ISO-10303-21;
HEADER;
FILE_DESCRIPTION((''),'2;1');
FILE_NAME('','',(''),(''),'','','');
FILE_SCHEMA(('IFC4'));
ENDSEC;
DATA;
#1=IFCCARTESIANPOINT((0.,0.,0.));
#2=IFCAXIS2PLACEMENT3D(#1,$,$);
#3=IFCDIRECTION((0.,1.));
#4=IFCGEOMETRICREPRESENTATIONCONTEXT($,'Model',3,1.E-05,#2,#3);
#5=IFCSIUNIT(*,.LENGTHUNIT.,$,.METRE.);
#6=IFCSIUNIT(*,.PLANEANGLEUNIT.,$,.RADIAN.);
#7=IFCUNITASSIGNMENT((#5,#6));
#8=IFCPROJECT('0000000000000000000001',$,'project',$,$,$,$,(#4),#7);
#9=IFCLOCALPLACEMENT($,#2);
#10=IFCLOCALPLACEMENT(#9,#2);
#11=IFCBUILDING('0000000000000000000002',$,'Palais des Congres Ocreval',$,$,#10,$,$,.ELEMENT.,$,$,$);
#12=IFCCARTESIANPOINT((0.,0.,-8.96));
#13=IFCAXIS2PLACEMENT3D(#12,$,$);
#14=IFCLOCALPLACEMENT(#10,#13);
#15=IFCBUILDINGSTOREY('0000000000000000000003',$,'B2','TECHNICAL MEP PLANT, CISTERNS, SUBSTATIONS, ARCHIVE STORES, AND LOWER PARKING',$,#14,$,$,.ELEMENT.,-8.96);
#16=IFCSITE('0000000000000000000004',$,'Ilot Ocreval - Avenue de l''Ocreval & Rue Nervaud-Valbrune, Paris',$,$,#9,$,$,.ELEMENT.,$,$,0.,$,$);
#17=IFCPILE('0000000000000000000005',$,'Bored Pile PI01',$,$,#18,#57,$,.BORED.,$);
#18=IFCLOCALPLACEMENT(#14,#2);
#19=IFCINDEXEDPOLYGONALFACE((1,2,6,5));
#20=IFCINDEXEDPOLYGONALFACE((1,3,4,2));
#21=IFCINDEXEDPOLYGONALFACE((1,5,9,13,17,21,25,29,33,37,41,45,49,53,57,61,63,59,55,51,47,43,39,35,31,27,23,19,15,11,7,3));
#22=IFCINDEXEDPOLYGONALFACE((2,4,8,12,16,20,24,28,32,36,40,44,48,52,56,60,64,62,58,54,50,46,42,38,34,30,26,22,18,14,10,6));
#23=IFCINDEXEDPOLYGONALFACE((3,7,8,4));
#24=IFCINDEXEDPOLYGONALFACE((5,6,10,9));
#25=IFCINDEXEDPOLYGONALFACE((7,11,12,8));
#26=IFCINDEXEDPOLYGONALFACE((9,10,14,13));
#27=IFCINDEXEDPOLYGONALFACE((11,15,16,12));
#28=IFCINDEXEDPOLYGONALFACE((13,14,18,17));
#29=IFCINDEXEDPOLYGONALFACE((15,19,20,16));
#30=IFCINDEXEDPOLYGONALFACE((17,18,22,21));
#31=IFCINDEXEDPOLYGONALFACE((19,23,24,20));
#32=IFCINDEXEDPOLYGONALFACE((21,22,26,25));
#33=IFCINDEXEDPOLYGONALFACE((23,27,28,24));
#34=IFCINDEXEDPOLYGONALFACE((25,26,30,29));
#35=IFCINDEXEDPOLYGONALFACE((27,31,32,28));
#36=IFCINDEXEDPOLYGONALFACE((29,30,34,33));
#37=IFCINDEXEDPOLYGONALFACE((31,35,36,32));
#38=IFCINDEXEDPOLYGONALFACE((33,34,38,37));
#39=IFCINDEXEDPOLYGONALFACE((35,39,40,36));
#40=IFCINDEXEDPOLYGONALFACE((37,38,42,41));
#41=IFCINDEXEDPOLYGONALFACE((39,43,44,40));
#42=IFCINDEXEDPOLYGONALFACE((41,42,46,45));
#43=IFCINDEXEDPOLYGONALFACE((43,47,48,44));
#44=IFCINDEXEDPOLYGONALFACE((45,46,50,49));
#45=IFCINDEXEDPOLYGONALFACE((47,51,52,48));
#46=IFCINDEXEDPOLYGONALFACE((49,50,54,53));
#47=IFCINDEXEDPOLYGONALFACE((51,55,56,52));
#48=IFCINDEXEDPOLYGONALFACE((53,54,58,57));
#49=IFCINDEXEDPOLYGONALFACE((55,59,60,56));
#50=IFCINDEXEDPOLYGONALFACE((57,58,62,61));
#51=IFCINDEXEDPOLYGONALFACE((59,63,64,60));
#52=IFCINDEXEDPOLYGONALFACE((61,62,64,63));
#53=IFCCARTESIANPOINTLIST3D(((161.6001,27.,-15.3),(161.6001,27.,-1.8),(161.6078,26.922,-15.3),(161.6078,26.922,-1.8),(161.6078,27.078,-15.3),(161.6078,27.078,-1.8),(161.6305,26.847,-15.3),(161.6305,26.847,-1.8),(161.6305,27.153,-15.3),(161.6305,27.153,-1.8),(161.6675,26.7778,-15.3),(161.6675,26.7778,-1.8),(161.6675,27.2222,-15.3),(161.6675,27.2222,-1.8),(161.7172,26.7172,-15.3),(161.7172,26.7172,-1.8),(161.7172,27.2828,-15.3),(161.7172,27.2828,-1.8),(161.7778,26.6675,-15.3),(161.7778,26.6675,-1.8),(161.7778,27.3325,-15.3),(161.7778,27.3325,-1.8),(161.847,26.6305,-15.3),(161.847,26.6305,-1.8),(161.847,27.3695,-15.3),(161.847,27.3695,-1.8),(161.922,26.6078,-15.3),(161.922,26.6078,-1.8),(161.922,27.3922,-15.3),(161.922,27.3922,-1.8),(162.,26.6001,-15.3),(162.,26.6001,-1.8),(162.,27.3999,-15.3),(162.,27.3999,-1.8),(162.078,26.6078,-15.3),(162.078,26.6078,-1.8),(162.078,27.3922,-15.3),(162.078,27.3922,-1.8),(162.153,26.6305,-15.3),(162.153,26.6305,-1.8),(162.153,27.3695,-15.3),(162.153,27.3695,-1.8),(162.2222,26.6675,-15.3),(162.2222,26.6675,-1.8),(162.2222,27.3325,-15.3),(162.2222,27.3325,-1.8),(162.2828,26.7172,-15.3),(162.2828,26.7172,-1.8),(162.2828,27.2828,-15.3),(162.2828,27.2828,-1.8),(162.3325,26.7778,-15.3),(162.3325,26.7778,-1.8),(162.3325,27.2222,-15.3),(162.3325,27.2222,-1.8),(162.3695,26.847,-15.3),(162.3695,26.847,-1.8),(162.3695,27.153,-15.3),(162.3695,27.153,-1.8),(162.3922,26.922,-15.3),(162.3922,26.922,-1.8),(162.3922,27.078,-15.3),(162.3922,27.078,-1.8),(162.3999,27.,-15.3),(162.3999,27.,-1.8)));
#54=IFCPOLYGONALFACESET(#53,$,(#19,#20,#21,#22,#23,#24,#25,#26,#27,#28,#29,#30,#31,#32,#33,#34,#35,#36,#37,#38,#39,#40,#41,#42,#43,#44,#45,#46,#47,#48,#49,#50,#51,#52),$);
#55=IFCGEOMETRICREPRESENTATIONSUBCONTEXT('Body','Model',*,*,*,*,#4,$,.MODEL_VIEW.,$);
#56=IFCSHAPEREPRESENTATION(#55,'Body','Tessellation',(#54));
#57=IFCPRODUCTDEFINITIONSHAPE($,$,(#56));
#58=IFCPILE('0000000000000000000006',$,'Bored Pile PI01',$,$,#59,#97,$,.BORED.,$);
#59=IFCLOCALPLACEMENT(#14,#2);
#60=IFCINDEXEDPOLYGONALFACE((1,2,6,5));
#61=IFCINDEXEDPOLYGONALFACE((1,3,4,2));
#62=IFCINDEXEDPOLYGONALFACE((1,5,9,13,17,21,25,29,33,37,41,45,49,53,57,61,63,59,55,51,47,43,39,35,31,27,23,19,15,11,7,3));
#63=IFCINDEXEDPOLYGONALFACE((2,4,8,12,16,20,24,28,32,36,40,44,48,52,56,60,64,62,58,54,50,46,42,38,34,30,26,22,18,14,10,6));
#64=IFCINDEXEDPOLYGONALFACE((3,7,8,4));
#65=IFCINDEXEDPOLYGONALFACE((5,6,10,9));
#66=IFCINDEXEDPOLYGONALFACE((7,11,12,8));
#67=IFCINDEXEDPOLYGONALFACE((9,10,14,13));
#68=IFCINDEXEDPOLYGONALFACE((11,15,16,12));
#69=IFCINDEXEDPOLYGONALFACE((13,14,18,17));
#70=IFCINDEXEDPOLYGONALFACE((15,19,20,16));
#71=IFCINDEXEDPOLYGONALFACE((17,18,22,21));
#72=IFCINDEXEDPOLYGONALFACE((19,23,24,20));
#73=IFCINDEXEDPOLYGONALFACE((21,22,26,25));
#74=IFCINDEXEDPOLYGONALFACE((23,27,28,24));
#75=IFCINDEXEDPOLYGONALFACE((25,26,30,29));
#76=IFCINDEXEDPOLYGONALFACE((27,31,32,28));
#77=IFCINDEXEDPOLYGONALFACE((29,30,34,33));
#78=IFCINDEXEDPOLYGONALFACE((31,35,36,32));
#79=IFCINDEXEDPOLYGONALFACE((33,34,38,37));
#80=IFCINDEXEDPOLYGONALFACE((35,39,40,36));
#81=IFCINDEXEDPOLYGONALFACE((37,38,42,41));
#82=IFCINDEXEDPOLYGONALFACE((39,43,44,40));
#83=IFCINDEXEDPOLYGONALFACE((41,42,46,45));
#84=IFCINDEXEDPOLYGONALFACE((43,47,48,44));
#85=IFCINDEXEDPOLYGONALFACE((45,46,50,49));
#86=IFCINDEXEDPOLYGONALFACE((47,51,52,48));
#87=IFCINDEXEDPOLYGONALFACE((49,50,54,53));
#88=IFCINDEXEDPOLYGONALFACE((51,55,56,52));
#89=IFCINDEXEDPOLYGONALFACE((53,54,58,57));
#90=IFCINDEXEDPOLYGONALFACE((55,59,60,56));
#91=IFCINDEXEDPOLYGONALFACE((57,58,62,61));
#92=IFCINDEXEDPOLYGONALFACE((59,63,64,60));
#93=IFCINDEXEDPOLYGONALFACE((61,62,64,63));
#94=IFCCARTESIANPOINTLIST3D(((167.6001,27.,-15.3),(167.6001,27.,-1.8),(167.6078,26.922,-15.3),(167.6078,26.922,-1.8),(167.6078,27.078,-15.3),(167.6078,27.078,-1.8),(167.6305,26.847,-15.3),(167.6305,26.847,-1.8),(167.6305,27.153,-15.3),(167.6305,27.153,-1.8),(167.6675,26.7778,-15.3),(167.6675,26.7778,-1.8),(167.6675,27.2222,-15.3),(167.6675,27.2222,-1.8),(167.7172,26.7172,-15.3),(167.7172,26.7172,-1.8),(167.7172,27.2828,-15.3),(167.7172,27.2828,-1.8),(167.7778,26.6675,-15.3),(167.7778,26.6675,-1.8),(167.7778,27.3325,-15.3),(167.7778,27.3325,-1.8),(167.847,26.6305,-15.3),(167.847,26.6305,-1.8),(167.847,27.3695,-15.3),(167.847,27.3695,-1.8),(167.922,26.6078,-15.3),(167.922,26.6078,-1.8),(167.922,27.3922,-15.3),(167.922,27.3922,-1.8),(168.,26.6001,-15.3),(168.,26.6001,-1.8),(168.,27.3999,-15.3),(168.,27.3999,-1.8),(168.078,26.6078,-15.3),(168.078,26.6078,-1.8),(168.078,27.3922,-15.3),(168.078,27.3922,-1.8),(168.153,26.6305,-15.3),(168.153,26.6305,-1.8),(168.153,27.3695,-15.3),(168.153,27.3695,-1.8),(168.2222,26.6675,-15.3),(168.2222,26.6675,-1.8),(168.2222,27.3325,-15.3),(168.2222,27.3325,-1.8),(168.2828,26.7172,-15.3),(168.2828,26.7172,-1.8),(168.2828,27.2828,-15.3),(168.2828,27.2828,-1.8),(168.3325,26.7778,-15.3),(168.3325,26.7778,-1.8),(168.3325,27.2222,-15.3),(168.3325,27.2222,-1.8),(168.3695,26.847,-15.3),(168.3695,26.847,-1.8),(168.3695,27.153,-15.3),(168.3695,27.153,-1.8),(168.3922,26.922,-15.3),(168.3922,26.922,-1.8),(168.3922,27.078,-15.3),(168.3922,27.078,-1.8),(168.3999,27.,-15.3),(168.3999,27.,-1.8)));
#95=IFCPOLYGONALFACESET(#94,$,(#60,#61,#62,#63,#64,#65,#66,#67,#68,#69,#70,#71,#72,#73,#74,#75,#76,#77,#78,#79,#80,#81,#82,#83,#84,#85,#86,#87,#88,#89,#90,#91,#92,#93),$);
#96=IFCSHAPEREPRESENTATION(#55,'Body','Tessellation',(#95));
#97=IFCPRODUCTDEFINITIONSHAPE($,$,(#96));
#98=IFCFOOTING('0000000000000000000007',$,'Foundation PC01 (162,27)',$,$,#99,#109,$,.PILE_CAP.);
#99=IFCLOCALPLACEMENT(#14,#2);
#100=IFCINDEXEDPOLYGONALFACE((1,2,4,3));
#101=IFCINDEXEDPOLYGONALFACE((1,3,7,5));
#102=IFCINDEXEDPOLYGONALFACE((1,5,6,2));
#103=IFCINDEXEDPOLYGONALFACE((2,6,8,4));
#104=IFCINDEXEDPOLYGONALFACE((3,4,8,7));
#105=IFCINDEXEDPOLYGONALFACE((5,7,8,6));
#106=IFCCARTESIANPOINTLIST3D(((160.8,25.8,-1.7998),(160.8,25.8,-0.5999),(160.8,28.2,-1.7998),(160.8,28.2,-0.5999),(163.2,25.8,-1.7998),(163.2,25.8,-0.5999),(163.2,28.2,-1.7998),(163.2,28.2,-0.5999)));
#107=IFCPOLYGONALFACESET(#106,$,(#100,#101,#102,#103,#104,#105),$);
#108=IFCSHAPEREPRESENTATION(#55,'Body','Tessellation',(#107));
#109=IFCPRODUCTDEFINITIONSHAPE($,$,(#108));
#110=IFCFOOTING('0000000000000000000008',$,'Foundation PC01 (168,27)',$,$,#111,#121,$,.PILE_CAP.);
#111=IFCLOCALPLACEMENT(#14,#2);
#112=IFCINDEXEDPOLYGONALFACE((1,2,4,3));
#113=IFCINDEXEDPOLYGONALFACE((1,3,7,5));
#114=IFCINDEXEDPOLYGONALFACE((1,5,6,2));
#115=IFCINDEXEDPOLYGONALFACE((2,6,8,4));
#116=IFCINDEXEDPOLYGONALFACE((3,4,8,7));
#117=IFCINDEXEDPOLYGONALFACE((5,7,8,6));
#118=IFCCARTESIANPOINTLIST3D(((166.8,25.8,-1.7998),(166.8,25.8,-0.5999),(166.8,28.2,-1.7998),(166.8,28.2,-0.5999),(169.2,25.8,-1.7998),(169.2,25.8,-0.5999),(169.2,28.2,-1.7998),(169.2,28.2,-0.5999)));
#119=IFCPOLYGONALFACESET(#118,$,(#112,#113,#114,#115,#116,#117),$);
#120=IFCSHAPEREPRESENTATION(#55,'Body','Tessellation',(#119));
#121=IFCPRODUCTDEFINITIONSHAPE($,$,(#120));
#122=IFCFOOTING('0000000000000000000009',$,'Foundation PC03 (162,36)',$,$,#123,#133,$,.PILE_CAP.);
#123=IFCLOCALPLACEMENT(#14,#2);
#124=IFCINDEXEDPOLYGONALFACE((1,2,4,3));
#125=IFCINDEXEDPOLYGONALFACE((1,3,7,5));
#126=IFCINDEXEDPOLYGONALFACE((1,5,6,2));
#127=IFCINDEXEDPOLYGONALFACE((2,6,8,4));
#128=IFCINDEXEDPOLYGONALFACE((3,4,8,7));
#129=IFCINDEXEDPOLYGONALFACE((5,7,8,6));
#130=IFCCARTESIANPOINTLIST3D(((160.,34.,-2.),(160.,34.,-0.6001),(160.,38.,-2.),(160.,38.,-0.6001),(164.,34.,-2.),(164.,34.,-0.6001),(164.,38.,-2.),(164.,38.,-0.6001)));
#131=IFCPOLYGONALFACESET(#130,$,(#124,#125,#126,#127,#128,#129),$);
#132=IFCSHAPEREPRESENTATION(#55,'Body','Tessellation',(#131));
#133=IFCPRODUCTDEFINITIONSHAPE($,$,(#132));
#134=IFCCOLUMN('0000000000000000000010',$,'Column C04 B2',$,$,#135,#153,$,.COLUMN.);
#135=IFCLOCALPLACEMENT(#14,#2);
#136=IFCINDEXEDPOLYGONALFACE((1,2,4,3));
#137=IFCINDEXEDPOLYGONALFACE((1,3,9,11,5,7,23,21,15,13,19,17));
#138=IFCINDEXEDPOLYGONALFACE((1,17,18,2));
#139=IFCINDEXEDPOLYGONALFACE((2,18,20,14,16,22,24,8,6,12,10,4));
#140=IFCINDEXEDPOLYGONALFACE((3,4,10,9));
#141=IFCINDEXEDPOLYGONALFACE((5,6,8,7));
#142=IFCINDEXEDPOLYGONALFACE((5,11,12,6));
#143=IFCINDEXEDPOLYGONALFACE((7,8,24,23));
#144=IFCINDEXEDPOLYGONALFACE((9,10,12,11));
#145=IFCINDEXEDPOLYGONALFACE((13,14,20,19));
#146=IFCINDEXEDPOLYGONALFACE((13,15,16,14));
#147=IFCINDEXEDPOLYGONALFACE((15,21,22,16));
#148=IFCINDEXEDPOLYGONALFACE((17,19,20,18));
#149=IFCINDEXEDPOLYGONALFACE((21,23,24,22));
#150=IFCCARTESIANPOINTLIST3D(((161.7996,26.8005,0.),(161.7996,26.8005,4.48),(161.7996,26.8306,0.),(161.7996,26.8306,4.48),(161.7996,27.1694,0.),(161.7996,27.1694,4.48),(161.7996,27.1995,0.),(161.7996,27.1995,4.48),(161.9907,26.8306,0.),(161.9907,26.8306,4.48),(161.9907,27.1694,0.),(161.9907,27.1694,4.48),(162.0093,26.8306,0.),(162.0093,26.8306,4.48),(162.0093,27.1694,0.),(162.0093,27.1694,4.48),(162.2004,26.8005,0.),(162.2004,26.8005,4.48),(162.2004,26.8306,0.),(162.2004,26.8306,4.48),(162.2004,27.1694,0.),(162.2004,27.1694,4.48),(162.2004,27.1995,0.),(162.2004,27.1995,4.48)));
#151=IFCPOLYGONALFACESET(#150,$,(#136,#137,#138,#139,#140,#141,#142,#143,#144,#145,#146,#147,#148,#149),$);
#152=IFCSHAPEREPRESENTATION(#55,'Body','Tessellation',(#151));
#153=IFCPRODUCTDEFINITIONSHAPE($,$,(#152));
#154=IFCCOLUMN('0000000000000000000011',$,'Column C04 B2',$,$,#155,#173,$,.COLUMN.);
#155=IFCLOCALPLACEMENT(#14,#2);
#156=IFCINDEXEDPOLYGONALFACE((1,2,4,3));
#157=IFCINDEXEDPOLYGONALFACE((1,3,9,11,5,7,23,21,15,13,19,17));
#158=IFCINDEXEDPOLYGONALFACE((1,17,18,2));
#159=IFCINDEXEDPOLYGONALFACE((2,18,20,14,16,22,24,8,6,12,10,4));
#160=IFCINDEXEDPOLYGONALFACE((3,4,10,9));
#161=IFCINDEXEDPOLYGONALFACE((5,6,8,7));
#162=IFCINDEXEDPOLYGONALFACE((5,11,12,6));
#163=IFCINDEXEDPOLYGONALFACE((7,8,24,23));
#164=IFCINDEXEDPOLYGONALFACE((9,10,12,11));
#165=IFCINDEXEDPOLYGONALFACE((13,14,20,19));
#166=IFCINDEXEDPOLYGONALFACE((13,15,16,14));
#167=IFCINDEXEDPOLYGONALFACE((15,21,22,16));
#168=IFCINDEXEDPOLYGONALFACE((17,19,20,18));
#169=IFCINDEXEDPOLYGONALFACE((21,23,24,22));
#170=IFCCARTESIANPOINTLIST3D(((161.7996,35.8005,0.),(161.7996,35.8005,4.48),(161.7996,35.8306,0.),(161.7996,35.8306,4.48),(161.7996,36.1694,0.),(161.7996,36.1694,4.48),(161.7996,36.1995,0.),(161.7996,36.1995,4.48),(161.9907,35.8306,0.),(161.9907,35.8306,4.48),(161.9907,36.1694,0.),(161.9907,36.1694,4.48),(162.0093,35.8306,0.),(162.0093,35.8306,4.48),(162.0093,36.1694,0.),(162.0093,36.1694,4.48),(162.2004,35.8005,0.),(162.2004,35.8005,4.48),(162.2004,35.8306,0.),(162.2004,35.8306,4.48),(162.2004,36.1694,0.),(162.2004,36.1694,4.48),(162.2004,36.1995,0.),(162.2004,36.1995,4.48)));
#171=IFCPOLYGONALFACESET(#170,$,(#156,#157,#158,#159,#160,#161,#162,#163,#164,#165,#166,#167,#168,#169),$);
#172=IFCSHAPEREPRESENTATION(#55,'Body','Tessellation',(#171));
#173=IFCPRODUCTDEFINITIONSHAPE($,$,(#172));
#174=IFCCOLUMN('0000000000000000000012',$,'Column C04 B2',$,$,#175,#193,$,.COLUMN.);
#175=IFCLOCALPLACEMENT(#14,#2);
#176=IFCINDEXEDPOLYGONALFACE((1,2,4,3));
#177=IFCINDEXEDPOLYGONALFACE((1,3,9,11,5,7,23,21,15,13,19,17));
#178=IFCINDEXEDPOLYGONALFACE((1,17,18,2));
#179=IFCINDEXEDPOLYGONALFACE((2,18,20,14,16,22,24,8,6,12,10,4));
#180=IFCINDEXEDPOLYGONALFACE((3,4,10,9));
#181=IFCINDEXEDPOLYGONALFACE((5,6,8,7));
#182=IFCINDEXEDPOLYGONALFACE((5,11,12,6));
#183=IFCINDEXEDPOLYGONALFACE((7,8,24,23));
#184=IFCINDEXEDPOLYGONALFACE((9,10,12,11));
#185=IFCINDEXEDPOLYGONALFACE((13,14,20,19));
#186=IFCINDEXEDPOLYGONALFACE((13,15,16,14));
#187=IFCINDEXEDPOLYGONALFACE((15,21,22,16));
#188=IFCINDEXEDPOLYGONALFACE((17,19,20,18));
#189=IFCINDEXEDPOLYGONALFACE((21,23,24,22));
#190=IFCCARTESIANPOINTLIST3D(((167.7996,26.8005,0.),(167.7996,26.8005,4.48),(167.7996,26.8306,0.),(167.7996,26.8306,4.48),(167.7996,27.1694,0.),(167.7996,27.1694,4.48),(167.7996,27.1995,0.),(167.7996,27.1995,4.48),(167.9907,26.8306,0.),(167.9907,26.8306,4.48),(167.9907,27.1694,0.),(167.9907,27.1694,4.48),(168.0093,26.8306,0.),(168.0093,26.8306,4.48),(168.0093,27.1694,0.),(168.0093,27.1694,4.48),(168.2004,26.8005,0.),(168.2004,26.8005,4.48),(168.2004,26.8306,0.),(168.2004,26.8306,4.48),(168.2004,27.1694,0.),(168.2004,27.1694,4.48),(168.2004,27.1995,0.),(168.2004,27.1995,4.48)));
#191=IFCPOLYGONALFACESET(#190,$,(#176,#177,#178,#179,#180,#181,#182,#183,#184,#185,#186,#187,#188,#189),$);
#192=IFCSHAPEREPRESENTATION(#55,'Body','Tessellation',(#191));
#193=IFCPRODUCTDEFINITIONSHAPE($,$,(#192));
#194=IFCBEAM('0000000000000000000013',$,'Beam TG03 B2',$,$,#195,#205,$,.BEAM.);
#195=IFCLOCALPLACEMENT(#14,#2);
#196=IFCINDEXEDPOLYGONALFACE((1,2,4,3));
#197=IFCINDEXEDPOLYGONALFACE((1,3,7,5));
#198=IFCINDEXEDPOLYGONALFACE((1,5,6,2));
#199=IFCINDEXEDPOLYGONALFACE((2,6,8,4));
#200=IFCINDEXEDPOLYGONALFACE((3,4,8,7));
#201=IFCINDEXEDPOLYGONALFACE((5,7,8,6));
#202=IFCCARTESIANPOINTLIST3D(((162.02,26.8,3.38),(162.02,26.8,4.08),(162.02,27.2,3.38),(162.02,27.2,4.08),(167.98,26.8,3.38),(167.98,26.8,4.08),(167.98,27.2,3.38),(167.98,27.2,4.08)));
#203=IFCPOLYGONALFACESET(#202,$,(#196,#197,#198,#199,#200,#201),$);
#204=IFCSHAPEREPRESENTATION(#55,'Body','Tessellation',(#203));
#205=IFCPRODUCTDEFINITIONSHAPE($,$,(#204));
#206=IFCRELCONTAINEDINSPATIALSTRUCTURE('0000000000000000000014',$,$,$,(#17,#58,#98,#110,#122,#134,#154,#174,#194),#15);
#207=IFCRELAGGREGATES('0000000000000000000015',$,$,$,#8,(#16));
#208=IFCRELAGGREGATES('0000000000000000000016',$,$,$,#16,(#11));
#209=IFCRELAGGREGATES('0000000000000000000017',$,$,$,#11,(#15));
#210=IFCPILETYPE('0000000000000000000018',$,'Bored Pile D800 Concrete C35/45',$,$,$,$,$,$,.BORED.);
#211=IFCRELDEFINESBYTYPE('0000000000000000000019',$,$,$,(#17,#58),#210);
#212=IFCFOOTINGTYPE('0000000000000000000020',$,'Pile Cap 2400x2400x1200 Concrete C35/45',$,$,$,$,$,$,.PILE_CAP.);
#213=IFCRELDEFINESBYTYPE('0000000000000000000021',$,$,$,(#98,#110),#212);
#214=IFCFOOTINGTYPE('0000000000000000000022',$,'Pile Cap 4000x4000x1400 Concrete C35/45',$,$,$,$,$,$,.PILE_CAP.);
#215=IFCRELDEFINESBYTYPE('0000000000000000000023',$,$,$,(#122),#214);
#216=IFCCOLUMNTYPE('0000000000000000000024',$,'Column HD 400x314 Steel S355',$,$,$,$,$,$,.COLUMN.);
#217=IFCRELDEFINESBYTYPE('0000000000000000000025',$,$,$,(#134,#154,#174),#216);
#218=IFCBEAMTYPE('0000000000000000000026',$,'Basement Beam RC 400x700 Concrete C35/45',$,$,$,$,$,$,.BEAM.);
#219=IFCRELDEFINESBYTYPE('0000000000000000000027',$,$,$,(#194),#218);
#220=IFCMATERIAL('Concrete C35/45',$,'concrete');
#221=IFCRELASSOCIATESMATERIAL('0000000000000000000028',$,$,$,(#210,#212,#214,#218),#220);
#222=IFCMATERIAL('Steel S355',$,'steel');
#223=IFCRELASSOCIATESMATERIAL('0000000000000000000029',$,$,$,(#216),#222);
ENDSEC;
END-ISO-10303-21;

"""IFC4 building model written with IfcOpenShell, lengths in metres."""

from ifc_helpers import new_model, si_unit, direction, frame, origin, origin_2d, place, context, subcontext, project, spatial, rectangle, circle, i_section, extrude, material, material_profile, profile_set, type_object, element, save


model = new_model("IFC4")

# Units and contexts
model_context = context("Model", 3, precision=1e-05, world=origin(), true_north=direction((0.0, 1.0)))
body_context = subcontext(model_context, "Body", "Model", "MODEL_VIEW")
ifc_project = project(units=[si_unit("LENGTHUNIT", "METRE"), si_unit("PLANEANGLEUNIT", "RADIAN")], contexts=[model_context])

# Site, building, storey
site_placement = place(None, origin())
site = spatial("IfcSite", under=ifc_project, at=site_placement, Name="Ilot Ocreval - Avenue de l'Ocreval & Rue Nervaud-Valbrune, Paris", CompositionType="ELEMENT", RefElevation=0.0)
building_placement = place(site_placement, origin())
building = spatial("IfcBuilding", under=site, at=building_placement, Name="Palais des Congres Ocreval", CompositionType="ELEMENT")
storey_placement = place(building_placement, frame((0.0, 0.0, -8.96)))
storey = spatial("IfcBuildingStorey", under=building, at=storey_placement, Name="B2", Description="TECHNICAL MEP PLANT, CISTERNS, SUBSTATIONS, ARCHIVE STORES, AND LOWER PARKING", CompositionType="ELEMENT", Elevation=-8.96)

# Piles
ifc_material_1 = material(Name="Concrete C35/45", Category="concrete")
ifc_material_profile_1 = material_profile(ifc_material_1, circle(Radius=0.3999, at=origin_2d()), Name="BORED PILE 800")
ifc_profile_set_1 = profile_set([ifc_material_profile_1], Name="Concrete C35/45")
pile_type = type_object("IfcPileType", Name="Bored Pile D800 Concrete C35/45", PredefinedType="BORED", material=ifc_profile_set_1)
for number, where, z_axis, x_axis, name in (
    (1, (162.0, 27.0, -1.8), (0.0, 0.0, -1.0), (1.0, 0.0, 0.0), "Bored Pile PI01"),
    (2, (168.0, 27.0, -1.8), (0.0, 0.0, -1.0), (1.0, 0.0, 0.0), "Bored Pile PI01"),
):
    element("IfcPile", number, at=place(storey_placement, frame(where, z_axis=z_axis, x_axis=x_axis)), inside=storey, type_object=pile_type, Name=name, PredefinedType="BORED", context=body_context, shape_type="SweptSolid", body=[
        extrude(circle(Radius=0.3999, at=origin_2d()), origin(), (0.0, 0.0, 1.0), 13.5),
    ])

# Footings
footing_type_1 = type_object("IfcFootingType", Name="Pile Cap 2400x2400x1200 Concrete C35/45", PredefinedType="PILE_CAP", material=ifc_material_1)
for number, where, z_axis, x_axis, name in (
    (3, (162.0, 27.0, -1.7998), (0.0, 0.0, 1.0), (1.0, 0.0, 0.0), "Foundation PC01 (162,27)"),
    (4, (168.0, 27.0, -1.7998), (0.0, 0.0, 1.0), (1.0, 0.0, 0.0), "Foundation PC01 (168,27)"),
):
    element("IfcFooting", number, at=place(storey_placement, frame(where, z_axis=z_axis, x_axis=x_axis)), inside=storey, type_object=footing_type_1, Name=name, PredefinedType="PILE_CAP", context=body_context, shape_type="SweptSolid", body=[
        extrude(rectangle(XDim=2.3999, YDim=2.3999, at=origin_2d()), origin(), (0.0, 0.0, 1.0), 1.2),
    ])
footing_type_2 = type_object("IfcFootingType", Name="Pile Cap 4000x4000x1400 Concrete C35/45", PredefinedType="PILE_CAP", material=ifc_material_1)
footing_placement = place(storey_placement, frame((162.0, 36.0, -2.0), z_axis=(0.0, 0.0, 1.0), x_axis=(1.0, 0.0, 0.0)))
element("IfcFooting", 5, at=footing_placement, inside=storey, type_object=footing_type_2, Name="Foundation PC03 (162,36)", PredefinedType="PILE_CAP", context=body_context, shape_type="SweptSolid", body=[
    extrude(rectangle(XDim=4.0, YDim=4.0, at=origin_2d()), origin(), (0.0, 0.0, 1.0), 1.3999),
])

# Columns
ifc_material_2 = material(Name="Steel S355", Category="steel")
ifc_material_profile_2 = material_profile(ifc_material_2, i_section(OverallWidth=0.4009, OverallDepth=0.3989, WebThickness=0.0186, FlangeThickness=0.03, at=origin_2d()), Name="HD 400x314")
ifc_profile_set_2 = profile_set([ifc_material_profile_2], Name="Steel S355")
column_type = type_object("IfcColumnType", Name="Column HD 400x314 Steel S355", PredefinedType="COLUMN", material=ifc_profile_set_2)
for number, where, z_axis, x_axis, name in (
    (6, (162.0, 27.0, 0.0), (0.0, 0.0, 1.0), (1.0, 0.0, 0.0), "Column C04 B2"),
    (7, (162.0, 36.0, 0.0), (0.0, 0.0, 1.0), (1.0, 0.0, 0.0), "Column C04 B2"),
    (8, (168.0, 27.0, 0.0), (0.0, 0.0, 1.0), (1.0, 0.0, 0.0), "Column C04 B2"),
):
    element("IfcColumn", number, at=place(storey_placement, frame(where, z_axis=z_axis, x_axis=x_axis)), inside=storey, type_object=column_type, Name=name, PredefinedType="COLUMN", context=body_context, shape_type="SweptSolid", body=[
        extrude(i_section(OverallWidth=0.4009, OverallDepth=0.3989, WebThickness=0.0186, FlangeThickness=0.03, at=origin_2d()), origin(), (0.0, 0.0, 1.0), 4.48),
    ])

# Beam
ifc_material_profile_3 = material_profile(ifc_material_1, rectangle(XDim=0.3999, YDim=0.7, at=origin_2d()), Name="RC 400x700")
ifc_profile_set_3 = profile_set([ifc_material_profile_3], Name="Concrete C35/45")
beam_type_1 = type_object("IfcBeamType", Name="Basement Beam RC 400x700 Concrete C35/45", PredefinedType="BEAM", material=ifc_profile_set_3)
beam_placement = place(storey_placement, frame((162.02, 27.0, 3.73), z_axis=(1.0, 0.0, 0.0), x_axis=(0.0, 1.0, 0.0)))
element("IfcBeam", 9, at=beam_placement, inside=storey, type_object=beam_type_1, Name="Beam TG03 B2", PredefinedType="BEAM", context=body_context, shape_type="SweptSolid", body=[
    extrude(rectangle(XDim=0.3999, YDim=0.7, at=origin_2d()), origin(), (0.0, 0.0, 1.0), 5.96),
])

save(model, "model.ifc")
